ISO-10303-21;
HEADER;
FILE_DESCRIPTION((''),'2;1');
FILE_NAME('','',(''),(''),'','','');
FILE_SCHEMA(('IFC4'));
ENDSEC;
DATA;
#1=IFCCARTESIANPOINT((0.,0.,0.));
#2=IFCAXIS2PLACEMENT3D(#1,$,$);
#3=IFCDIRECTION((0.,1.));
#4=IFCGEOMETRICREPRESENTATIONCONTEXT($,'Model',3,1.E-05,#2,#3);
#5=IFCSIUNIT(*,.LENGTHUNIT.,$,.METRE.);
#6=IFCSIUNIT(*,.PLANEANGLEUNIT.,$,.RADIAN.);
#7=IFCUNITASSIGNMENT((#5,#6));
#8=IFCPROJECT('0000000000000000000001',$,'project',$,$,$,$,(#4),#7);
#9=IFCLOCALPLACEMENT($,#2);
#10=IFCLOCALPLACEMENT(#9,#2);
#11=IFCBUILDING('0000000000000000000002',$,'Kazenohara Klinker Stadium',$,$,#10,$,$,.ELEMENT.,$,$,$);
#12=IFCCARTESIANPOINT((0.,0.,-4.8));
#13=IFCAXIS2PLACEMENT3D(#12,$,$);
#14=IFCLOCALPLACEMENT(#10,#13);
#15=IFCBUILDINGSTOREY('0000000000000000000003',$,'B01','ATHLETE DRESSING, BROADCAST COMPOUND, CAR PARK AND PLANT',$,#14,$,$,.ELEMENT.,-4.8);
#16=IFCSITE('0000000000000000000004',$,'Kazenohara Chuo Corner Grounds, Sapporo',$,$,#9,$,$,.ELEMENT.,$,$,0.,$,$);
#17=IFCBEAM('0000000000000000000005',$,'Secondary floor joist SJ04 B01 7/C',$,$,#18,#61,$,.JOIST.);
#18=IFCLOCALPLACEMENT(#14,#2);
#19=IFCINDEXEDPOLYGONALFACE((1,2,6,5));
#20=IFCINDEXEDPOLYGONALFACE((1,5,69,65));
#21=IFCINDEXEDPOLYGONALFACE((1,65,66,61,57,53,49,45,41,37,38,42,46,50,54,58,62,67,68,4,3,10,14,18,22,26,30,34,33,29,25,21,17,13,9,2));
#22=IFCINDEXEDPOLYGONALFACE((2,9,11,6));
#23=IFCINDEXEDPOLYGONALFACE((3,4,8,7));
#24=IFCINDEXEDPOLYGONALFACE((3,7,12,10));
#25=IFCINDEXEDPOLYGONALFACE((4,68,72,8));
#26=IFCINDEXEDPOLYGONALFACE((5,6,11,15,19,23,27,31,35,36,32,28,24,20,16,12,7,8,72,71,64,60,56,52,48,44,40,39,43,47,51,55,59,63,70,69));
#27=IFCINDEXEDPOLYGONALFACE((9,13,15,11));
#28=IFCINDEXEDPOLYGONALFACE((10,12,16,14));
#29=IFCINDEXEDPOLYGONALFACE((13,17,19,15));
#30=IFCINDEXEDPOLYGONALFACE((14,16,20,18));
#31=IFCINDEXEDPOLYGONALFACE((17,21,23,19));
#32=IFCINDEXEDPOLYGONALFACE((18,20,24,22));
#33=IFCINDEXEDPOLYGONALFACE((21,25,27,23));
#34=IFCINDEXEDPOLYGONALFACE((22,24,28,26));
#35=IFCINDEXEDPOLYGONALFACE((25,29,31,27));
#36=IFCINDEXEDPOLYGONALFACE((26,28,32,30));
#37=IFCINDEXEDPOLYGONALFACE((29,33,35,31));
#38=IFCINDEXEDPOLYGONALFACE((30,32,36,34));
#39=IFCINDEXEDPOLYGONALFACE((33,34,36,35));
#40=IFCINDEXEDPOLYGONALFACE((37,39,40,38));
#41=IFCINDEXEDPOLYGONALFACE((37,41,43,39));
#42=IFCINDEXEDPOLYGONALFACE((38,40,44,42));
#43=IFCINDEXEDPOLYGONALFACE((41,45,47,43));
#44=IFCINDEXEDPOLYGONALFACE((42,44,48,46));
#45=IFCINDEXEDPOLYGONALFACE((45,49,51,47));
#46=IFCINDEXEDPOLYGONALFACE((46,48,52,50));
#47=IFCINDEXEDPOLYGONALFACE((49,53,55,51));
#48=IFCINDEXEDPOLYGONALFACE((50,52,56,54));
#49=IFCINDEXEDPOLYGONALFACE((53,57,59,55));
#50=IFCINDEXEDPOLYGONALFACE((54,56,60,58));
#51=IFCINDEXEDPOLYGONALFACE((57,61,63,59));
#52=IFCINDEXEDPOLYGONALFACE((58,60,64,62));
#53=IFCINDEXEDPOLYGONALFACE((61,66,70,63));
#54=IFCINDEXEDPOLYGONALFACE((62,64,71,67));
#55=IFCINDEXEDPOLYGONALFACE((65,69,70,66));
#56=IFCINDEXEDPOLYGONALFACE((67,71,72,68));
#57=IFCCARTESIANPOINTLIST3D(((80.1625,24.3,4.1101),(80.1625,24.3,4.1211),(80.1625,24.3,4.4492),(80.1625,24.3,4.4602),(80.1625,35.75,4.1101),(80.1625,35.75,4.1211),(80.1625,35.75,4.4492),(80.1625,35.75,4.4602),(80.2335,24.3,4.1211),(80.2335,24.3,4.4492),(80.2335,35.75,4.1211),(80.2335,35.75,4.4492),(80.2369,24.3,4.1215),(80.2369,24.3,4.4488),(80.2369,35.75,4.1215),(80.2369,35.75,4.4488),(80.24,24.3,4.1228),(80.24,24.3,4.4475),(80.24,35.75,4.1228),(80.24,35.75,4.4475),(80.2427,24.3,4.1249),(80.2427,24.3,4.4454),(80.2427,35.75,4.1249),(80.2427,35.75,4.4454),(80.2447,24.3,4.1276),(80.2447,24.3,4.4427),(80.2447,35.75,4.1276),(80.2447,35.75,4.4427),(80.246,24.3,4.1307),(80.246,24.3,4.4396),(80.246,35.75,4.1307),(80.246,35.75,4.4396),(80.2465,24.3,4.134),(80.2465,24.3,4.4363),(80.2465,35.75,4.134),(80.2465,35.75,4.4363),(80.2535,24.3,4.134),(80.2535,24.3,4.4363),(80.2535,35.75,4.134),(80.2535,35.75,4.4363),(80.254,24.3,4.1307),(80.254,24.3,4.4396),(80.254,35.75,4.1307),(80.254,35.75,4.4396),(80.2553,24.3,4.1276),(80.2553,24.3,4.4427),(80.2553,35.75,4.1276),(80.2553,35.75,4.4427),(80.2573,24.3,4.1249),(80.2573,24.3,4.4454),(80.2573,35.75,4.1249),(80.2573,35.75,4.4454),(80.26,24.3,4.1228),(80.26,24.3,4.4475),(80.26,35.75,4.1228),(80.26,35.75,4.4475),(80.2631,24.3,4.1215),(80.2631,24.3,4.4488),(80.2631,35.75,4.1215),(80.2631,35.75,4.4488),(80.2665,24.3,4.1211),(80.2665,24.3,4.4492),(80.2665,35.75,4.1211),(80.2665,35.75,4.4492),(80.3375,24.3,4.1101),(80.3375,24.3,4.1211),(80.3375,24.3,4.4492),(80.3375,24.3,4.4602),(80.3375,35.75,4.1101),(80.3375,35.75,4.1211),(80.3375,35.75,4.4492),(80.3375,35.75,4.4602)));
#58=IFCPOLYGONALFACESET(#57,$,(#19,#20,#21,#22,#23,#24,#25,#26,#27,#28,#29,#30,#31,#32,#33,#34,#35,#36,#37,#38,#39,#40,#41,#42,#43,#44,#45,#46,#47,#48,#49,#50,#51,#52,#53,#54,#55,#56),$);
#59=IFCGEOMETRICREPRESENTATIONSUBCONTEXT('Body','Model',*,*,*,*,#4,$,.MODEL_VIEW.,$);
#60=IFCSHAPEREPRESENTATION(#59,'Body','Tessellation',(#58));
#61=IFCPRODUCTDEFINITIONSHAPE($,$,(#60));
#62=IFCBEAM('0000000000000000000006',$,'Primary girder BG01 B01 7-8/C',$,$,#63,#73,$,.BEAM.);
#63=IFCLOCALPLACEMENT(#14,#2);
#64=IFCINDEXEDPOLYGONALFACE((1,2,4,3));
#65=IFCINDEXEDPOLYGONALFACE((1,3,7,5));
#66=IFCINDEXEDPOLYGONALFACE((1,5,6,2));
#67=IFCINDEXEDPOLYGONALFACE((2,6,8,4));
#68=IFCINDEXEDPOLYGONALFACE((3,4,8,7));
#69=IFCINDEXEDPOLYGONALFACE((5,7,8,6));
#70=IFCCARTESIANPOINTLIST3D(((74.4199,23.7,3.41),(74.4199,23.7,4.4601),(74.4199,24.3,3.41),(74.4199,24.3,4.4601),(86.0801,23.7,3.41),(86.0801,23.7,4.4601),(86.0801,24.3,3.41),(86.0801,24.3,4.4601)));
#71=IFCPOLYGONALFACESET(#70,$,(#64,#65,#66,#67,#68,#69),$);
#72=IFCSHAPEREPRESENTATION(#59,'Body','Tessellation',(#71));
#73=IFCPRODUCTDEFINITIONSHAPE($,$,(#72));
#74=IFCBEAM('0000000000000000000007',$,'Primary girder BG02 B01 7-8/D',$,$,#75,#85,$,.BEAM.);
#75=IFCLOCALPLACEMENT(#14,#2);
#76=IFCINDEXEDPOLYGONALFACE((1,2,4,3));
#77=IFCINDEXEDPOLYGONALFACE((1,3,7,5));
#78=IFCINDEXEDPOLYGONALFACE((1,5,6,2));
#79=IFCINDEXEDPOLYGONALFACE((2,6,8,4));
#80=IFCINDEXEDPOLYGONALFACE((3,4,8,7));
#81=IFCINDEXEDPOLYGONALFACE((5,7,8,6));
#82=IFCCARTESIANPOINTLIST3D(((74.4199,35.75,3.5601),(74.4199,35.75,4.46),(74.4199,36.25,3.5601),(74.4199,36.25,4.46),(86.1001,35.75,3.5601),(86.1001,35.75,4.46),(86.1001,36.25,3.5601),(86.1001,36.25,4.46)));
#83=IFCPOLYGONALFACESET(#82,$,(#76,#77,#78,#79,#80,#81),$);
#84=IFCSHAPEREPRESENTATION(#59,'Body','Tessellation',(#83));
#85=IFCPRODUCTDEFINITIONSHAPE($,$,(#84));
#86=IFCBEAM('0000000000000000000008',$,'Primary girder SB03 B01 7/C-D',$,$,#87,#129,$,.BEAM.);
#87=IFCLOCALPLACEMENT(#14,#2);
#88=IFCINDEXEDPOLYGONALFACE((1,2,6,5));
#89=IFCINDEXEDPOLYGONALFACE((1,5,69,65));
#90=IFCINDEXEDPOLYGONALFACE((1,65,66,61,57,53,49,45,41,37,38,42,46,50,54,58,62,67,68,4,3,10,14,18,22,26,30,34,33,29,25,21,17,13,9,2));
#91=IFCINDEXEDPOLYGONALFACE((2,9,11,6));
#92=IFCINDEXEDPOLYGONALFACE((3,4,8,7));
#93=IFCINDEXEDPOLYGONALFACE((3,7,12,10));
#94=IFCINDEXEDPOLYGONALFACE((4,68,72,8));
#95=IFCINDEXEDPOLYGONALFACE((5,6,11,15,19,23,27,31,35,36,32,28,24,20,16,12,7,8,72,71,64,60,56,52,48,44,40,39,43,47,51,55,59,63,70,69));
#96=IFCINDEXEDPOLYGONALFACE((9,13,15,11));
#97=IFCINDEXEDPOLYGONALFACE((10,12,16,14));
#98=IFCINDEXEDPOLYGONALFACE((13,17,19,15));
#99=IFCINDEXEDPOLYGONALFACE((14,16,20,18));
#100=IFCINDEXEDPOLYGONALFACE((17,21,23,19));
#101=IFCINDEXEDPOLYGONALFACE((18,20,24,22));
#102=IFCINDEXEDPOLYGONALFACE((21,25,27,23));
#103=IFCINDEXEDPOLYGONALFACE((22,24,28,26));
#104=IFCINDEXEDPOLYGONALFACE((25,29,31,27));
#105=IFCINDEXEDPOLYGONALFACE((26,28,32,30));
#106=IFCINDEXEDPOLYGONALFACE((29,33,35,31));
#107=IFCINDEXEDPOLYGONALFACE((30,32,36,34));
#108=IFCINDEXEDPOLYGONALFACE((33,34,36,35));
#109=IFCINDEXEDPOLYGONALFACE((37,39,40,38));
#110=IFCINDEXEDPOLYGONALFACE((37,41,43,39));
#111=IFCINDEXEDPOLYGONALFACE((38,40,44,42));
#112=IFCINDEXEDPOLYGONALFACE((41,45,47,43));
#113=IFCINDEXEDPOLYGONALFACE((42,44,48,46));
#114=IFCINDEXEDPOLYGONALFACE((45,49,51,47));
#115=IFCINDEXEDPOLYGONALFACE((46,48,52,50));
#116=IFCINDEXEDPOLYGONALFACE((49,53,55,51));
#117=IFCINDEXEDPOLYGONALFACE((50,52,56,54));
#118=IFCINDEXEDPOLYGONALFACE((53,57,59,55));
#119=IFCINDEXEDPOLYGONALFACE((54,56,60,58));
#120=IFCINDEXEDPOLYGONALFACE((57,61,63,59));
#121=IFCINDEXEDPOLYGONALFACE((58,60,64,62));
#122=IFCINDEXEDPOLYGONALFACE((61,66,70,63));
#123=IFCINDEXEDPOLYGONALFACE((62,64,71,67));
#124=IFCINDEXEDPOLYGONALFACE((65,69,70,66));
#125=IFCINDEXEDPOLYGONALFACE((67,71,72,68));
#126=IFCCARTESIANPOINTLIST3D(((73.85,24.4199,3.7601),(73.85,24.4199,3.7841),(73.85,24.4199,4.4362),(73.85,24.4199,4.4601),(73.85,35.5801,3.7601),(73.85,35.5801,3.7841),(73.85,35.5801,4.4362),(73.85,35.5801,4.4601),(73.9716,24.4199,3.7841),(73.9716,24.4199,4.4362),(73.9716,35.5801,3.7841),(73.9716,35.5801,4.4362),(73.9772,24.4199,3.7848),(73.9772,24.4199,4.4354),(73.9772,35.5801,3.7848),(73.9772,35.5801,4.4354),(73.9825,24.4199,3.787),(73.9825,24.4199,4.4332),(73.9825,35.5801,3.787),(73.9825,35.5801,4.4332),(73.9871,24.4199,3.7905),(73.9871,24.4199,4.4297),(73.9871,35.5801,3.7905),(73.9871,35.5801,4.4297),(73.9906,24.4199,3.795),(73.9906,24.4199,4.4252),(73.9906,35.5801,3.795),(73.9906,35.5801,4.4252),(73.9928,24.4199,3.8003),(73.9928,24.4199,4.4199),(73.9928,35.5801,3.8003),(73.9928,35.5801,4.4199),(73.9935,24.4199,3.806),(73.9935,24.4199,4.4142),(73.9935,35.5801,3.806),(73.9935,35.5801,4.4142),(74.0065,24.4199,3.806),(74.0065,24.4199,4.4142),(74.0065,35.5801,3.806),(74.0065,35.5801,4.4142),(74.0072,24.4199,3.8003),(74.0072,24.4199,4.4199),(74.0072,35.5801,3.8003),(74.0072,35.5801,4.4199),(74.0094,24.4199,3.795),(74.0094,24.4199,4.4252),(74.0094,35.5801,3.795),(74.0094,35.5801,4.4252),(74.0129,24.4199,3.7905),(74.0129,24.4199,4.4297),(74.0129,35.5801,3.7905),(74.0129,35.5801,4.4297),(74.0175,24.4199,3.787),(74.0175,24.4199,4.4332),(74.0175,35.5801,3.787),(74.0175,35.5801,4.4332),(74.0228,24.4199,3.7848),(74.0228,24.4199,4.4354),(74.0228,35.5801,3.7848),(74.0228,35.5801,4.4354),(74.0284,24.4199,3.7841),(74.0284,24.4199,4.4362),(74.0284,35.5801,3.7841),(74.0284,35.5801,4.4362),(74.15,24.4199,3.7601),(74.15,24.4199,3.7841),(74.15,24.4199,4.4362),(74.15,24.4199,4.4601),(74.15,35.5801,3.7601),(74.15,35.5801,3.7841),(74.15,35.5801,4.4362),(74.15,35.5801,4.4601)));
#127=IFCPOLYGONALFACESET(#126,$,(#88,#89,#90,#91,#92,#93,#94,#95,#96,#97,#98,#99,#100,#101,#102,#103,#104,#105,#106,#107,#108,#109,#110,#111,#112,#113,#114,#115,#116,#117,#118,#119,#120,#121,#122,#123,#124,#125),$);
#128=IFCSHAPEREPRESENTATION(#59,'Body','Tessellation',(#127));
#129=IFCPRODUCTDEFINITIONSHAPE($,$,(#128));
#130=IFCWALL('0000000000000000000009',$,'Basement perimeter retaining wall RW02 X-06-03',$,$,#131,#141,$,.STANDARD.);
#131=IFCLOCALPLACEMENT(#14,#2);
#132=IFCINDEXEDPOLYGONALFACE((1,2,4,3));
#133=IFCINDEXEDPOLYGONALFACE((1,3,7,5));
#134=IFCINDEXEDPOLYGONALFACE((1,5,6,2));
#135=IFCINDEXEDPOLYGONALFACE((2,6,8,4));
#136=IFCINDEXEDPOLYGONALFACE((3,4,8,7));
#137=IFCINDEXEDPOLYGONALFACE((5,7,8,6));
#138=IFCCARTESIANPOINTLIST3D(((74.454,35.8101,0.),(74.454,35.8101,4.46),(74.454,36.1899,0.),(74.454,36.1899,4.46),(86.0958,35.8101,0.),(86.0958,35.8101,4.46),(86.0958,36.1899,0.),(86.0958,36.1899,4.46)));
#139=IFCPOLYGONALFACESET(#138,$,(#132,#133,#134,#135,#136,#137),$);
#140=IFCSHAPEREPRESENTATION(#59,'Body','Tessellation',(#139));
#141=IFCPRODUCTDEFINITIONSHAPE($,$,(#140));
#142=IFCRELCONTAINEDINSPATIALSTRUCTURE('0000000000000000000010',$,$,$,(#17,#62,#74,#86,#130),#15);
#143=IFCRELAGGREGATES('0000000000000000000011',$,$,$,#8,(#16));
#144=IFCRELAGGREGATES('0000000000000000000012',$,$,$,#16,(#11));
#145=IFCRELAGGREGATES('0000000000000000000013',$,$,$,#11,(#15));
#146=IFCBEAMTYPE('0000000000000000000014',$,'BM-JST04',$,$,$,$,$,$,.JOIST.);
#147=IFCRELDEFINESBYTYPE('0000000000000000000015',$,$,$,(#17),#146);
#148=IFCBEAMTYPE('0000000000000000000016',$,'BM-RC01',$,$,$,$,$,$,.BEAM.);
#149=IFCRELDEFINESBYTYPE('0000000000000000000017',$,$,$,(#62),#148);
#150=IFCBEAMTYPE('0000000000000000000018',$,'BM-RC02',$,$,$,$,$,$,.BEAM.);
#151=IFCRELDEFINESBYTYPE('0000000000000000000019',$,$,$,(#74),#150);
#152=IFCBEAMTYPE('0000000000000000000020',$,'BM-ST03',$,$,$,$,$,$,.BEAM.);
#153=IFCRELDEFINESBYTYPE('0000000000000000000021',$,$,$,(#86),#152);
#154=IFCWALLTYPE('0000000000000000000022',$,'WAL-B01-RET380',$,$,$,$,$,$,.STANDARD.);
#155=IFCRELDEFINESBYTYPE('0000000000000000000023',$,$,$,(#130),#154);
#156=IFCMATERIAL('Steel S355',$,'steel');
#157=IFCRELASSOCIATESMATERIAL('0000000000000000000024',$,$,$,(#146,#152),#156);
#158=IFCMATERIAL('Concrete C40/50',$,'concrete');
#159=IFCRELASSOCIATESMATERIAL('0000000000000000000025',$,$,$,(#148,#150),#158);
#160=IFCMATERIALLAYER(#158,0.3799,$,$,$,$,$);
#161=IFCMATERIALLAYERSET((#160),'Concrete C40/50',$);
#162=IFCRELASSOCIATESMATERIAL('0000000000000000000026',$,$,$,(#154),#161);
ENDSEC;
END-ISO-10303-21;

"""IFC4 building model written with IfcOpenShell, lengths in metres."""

from ifc_helpers import new_model, si_unit, direction, frame, frame_2d, origin, origin_2d, place, context, subcontext, project, spatial, rectangle, i_section, extrude, material, layer, layer_set, material_profile, profile_set, type_object, element, save


model = new_model("IFC4")

# Units and contexts
model_context = context("Model", 3, precision=1e-05, world=origin(), true_north=direction((0.0, 1.0)))
body_context = subcontext(model_context, "Body", "Model", "MODEL_VIEW")
ifc_project = project(units=[si_unit("LENGTHUNIT", "METRE"), si_unit("PLANEANGLEUNIT", "RADIAN")], contexts=[model_context])

# Site, building, storey
site_placement = place(None, origin())
site = spatial("IfcSite", under=ifc_project, at=site_placement, Name="Kazenohara Chuo Corner Grounds, Sapporo", CompositionType="ELEMENT", RefElevation=0.0)
building_placement = place(site_placement, origin())
building = spatial("IfcBuilding", under=site, at=building_placement, Name="Kazenohara Klinker Stadium", CompositionType="ELEMENT")
storey_placement = place(building_placement, frame((0.0, 0.0, -4.8)))
storey = spatial("IfcBuildingStorey", under=building, at=storey_placement, Name="B01", Description="ATHLETE DRESSING, BROADCAST COMPOUND, CAR PARK AND PLANT", CompositionType="ELEMENT", Elevation=-4.8)

# Shared definitions
ifc_material_1 = material(Name="Concrete C40/50", Category="concrete")

# Beams
ifc_material_2 = material(Name="Steel S355", Category="steel")
ifc_material_profile_1 = material_profile(ifc_material_2, i_section(OverallWidth=0.175, OverallDepth=0.3501, WebThickness=0.0071, FlangeThickness=0.011, FilletRadius=0.0129, at=origin_2d()), Name="H-350x175x7x11")
ifc_profile_set_1 = profile_set([ifc_material_profile_1], Name="Steel S355")
beam_type_1 = type_object("IfcBeamType", Name="BM-JST04", PredefinedType="JOIST", material=ifc_profile_set_1)
beam_1_placement = place(storey_placement, frame((80.25, 24.3, 4.2852), z_axis=(0.0, 1.0, 0.0), x_axis=(-1.0, 0.0, 0.0)))
element("IfcBeam", 1, at=beam_1_placement, inside=storey, type_object=beam_type_1, Name="Secondary floor joist SJ04 B01 7/C", PredefinedType="JOIST", context=body_context, shape_type="SweptSolid", body=[
    extrude(i_section(OverallWidth=0.175, OverallDepth=0.3501, WebThickness=0.0071, FlangeThickness=0.011, FilletRadius=0.0129, at=origin_2d()), origin(), (0.0, 0.0, 1.0), 11.45),
])
ifc_material_profile_2 = material_profile(ifc_material_1, rectangle(XDim=0.6001, YDim=1.05, at=origin_2d()), Name="RC-BM-600x1050")
ifc_profile_set_2 = profile_set([ifc_material_profile_2], Name="Concrete C40/50")
beam_type_2 = type_object("IfcBeamType", Name="BM-RC01", PredefinedType="BEAM", material=ifc_profile_set_2)
beam_2_placement = place(storey_placement, frame((74.4199, 24.0, 3.9351), z_axis=(1.0, 0.0, 0.0), x_axis=(0.0, 1.0, 0.0)))
element("IfcBeam", 2, at=beam_2_placement, inside=storey, type_object=beam_type_2, Name="Primary girder BG01 B01 7-8/C", PredefinedType="BEAM", context=body_context, shape_type="SweptSolid", body=[
    extrude(rectangle(XDim=0.6001, YDim=1.05, at=origin_2d()), origin(), (0.0, 0.0, 1.0), 11.6602),
])
ifc_material_profile_3 = material_profile(ifc_material_1, rectangle(XDim=0.5, YDim=0.8999, at=origin_2d()), Name="RC-BM-500x900")
ifc_profile_set_3 = profile_set([ifc_material_profile_3], Name="Concrete C40/50")
beam_type_3 = type_object("IfcBeamType", Name="BM-RC02", PredefinedType="BEAM", material=ifc_profile_set_3)
beam_3_placement = place(storey_placement, frame((74.4199, 36.0, 4.01), z_axis=(1.0, 0.0, 0.0), x_axis=(0.0, 1.0, 0.0)))
element("IfcBeam", 3, at=beam_3_placement, inside=storey, type_object=beam_type_3, Name="Primary girder BG02 B01 7-8/D", PredefinedType="BEAM", context=body_context, shape_type="SweptSolid", body=[
    extrude(rectangle(XDim=0.5, YDim=0.8999, at=origin_2d()), origin(), (0.0, 0.0, 1.0), 11.6802),
])
ifc_material_profile_4 = material_profile(ifc_material_2, i_section(OverallWidth=0.3, OverallDepth=0.7, WebThickness=0.0129, FlangeThickness=0.0239, FilletRadius=0.022, at=origin_2d()), Name="H-700x300x13x24")
ifc_profile_set_4 = profile_set([ifc_material_profile_4], Name="Steel S355")
beam_type_4 = type_object("IfcBeamType", Name="BM-ST03", PredefinedType="BEAM", material=ifc_profile_set_4)
beam_4_placement = place(storey_placement, frame((74.0, 24.4199, 4.1101), z_axis=(0.0, 1.0, 0.0), x_axis=(-1.0, 0.0, 0.0)))
element("IfcBeam", 4, at=beam_4_placement, inside=storey, type_object=beam_type_4, Name="Primary girder SB03 B01 7/C-D", PredefinedType="BEAM", context=body_context, shape_type="SweptSolid", body=[
    extrude(i_section(OverallWidth=0.3, OverallDepth=0.7, WebThickness=0.0129, FlangeThickness=0.0239, FilletRadius=0.022, at=origin_2d()), origin(), (0.0, 0.0, 1.0), 11.1602),
])

# Wall
ifc_layer_1 = layer(ifc_material_1, 0.3799)
ifc_layer_set_1 = layer_set([ifc_layer_1], Name="Concrete C40/50")
wall_type_1 = type_object("IfcWallType", Name="WAL-B01-RET380", PredefinedType="STANDARD", material=ifc_layer_set_1)
wall_1_placement = place(storey_placement, frame((74.4541, 36.0, 0.0), z_axis=(0.0, 0.0, 1.0), x_axis=(1.0, 0.0, 0.0)))
element("IfcWall", 5, at=wall_1_placement, inside=storey, type_object=wall_type_1, Name="Basement perimeter retaining wall RW02 X-06-03", PredefinedType="STANDARD", context=body_context, shape_type="SweptSolid", body=[
    extrude(rectangle(XDim=11.6418, YDim=0.3799, at=frame_2d((5.8208, 0.0))), origin(), (0.0, 0.0, 1.0), 4.46),
])

save(model, "model.ifc")
